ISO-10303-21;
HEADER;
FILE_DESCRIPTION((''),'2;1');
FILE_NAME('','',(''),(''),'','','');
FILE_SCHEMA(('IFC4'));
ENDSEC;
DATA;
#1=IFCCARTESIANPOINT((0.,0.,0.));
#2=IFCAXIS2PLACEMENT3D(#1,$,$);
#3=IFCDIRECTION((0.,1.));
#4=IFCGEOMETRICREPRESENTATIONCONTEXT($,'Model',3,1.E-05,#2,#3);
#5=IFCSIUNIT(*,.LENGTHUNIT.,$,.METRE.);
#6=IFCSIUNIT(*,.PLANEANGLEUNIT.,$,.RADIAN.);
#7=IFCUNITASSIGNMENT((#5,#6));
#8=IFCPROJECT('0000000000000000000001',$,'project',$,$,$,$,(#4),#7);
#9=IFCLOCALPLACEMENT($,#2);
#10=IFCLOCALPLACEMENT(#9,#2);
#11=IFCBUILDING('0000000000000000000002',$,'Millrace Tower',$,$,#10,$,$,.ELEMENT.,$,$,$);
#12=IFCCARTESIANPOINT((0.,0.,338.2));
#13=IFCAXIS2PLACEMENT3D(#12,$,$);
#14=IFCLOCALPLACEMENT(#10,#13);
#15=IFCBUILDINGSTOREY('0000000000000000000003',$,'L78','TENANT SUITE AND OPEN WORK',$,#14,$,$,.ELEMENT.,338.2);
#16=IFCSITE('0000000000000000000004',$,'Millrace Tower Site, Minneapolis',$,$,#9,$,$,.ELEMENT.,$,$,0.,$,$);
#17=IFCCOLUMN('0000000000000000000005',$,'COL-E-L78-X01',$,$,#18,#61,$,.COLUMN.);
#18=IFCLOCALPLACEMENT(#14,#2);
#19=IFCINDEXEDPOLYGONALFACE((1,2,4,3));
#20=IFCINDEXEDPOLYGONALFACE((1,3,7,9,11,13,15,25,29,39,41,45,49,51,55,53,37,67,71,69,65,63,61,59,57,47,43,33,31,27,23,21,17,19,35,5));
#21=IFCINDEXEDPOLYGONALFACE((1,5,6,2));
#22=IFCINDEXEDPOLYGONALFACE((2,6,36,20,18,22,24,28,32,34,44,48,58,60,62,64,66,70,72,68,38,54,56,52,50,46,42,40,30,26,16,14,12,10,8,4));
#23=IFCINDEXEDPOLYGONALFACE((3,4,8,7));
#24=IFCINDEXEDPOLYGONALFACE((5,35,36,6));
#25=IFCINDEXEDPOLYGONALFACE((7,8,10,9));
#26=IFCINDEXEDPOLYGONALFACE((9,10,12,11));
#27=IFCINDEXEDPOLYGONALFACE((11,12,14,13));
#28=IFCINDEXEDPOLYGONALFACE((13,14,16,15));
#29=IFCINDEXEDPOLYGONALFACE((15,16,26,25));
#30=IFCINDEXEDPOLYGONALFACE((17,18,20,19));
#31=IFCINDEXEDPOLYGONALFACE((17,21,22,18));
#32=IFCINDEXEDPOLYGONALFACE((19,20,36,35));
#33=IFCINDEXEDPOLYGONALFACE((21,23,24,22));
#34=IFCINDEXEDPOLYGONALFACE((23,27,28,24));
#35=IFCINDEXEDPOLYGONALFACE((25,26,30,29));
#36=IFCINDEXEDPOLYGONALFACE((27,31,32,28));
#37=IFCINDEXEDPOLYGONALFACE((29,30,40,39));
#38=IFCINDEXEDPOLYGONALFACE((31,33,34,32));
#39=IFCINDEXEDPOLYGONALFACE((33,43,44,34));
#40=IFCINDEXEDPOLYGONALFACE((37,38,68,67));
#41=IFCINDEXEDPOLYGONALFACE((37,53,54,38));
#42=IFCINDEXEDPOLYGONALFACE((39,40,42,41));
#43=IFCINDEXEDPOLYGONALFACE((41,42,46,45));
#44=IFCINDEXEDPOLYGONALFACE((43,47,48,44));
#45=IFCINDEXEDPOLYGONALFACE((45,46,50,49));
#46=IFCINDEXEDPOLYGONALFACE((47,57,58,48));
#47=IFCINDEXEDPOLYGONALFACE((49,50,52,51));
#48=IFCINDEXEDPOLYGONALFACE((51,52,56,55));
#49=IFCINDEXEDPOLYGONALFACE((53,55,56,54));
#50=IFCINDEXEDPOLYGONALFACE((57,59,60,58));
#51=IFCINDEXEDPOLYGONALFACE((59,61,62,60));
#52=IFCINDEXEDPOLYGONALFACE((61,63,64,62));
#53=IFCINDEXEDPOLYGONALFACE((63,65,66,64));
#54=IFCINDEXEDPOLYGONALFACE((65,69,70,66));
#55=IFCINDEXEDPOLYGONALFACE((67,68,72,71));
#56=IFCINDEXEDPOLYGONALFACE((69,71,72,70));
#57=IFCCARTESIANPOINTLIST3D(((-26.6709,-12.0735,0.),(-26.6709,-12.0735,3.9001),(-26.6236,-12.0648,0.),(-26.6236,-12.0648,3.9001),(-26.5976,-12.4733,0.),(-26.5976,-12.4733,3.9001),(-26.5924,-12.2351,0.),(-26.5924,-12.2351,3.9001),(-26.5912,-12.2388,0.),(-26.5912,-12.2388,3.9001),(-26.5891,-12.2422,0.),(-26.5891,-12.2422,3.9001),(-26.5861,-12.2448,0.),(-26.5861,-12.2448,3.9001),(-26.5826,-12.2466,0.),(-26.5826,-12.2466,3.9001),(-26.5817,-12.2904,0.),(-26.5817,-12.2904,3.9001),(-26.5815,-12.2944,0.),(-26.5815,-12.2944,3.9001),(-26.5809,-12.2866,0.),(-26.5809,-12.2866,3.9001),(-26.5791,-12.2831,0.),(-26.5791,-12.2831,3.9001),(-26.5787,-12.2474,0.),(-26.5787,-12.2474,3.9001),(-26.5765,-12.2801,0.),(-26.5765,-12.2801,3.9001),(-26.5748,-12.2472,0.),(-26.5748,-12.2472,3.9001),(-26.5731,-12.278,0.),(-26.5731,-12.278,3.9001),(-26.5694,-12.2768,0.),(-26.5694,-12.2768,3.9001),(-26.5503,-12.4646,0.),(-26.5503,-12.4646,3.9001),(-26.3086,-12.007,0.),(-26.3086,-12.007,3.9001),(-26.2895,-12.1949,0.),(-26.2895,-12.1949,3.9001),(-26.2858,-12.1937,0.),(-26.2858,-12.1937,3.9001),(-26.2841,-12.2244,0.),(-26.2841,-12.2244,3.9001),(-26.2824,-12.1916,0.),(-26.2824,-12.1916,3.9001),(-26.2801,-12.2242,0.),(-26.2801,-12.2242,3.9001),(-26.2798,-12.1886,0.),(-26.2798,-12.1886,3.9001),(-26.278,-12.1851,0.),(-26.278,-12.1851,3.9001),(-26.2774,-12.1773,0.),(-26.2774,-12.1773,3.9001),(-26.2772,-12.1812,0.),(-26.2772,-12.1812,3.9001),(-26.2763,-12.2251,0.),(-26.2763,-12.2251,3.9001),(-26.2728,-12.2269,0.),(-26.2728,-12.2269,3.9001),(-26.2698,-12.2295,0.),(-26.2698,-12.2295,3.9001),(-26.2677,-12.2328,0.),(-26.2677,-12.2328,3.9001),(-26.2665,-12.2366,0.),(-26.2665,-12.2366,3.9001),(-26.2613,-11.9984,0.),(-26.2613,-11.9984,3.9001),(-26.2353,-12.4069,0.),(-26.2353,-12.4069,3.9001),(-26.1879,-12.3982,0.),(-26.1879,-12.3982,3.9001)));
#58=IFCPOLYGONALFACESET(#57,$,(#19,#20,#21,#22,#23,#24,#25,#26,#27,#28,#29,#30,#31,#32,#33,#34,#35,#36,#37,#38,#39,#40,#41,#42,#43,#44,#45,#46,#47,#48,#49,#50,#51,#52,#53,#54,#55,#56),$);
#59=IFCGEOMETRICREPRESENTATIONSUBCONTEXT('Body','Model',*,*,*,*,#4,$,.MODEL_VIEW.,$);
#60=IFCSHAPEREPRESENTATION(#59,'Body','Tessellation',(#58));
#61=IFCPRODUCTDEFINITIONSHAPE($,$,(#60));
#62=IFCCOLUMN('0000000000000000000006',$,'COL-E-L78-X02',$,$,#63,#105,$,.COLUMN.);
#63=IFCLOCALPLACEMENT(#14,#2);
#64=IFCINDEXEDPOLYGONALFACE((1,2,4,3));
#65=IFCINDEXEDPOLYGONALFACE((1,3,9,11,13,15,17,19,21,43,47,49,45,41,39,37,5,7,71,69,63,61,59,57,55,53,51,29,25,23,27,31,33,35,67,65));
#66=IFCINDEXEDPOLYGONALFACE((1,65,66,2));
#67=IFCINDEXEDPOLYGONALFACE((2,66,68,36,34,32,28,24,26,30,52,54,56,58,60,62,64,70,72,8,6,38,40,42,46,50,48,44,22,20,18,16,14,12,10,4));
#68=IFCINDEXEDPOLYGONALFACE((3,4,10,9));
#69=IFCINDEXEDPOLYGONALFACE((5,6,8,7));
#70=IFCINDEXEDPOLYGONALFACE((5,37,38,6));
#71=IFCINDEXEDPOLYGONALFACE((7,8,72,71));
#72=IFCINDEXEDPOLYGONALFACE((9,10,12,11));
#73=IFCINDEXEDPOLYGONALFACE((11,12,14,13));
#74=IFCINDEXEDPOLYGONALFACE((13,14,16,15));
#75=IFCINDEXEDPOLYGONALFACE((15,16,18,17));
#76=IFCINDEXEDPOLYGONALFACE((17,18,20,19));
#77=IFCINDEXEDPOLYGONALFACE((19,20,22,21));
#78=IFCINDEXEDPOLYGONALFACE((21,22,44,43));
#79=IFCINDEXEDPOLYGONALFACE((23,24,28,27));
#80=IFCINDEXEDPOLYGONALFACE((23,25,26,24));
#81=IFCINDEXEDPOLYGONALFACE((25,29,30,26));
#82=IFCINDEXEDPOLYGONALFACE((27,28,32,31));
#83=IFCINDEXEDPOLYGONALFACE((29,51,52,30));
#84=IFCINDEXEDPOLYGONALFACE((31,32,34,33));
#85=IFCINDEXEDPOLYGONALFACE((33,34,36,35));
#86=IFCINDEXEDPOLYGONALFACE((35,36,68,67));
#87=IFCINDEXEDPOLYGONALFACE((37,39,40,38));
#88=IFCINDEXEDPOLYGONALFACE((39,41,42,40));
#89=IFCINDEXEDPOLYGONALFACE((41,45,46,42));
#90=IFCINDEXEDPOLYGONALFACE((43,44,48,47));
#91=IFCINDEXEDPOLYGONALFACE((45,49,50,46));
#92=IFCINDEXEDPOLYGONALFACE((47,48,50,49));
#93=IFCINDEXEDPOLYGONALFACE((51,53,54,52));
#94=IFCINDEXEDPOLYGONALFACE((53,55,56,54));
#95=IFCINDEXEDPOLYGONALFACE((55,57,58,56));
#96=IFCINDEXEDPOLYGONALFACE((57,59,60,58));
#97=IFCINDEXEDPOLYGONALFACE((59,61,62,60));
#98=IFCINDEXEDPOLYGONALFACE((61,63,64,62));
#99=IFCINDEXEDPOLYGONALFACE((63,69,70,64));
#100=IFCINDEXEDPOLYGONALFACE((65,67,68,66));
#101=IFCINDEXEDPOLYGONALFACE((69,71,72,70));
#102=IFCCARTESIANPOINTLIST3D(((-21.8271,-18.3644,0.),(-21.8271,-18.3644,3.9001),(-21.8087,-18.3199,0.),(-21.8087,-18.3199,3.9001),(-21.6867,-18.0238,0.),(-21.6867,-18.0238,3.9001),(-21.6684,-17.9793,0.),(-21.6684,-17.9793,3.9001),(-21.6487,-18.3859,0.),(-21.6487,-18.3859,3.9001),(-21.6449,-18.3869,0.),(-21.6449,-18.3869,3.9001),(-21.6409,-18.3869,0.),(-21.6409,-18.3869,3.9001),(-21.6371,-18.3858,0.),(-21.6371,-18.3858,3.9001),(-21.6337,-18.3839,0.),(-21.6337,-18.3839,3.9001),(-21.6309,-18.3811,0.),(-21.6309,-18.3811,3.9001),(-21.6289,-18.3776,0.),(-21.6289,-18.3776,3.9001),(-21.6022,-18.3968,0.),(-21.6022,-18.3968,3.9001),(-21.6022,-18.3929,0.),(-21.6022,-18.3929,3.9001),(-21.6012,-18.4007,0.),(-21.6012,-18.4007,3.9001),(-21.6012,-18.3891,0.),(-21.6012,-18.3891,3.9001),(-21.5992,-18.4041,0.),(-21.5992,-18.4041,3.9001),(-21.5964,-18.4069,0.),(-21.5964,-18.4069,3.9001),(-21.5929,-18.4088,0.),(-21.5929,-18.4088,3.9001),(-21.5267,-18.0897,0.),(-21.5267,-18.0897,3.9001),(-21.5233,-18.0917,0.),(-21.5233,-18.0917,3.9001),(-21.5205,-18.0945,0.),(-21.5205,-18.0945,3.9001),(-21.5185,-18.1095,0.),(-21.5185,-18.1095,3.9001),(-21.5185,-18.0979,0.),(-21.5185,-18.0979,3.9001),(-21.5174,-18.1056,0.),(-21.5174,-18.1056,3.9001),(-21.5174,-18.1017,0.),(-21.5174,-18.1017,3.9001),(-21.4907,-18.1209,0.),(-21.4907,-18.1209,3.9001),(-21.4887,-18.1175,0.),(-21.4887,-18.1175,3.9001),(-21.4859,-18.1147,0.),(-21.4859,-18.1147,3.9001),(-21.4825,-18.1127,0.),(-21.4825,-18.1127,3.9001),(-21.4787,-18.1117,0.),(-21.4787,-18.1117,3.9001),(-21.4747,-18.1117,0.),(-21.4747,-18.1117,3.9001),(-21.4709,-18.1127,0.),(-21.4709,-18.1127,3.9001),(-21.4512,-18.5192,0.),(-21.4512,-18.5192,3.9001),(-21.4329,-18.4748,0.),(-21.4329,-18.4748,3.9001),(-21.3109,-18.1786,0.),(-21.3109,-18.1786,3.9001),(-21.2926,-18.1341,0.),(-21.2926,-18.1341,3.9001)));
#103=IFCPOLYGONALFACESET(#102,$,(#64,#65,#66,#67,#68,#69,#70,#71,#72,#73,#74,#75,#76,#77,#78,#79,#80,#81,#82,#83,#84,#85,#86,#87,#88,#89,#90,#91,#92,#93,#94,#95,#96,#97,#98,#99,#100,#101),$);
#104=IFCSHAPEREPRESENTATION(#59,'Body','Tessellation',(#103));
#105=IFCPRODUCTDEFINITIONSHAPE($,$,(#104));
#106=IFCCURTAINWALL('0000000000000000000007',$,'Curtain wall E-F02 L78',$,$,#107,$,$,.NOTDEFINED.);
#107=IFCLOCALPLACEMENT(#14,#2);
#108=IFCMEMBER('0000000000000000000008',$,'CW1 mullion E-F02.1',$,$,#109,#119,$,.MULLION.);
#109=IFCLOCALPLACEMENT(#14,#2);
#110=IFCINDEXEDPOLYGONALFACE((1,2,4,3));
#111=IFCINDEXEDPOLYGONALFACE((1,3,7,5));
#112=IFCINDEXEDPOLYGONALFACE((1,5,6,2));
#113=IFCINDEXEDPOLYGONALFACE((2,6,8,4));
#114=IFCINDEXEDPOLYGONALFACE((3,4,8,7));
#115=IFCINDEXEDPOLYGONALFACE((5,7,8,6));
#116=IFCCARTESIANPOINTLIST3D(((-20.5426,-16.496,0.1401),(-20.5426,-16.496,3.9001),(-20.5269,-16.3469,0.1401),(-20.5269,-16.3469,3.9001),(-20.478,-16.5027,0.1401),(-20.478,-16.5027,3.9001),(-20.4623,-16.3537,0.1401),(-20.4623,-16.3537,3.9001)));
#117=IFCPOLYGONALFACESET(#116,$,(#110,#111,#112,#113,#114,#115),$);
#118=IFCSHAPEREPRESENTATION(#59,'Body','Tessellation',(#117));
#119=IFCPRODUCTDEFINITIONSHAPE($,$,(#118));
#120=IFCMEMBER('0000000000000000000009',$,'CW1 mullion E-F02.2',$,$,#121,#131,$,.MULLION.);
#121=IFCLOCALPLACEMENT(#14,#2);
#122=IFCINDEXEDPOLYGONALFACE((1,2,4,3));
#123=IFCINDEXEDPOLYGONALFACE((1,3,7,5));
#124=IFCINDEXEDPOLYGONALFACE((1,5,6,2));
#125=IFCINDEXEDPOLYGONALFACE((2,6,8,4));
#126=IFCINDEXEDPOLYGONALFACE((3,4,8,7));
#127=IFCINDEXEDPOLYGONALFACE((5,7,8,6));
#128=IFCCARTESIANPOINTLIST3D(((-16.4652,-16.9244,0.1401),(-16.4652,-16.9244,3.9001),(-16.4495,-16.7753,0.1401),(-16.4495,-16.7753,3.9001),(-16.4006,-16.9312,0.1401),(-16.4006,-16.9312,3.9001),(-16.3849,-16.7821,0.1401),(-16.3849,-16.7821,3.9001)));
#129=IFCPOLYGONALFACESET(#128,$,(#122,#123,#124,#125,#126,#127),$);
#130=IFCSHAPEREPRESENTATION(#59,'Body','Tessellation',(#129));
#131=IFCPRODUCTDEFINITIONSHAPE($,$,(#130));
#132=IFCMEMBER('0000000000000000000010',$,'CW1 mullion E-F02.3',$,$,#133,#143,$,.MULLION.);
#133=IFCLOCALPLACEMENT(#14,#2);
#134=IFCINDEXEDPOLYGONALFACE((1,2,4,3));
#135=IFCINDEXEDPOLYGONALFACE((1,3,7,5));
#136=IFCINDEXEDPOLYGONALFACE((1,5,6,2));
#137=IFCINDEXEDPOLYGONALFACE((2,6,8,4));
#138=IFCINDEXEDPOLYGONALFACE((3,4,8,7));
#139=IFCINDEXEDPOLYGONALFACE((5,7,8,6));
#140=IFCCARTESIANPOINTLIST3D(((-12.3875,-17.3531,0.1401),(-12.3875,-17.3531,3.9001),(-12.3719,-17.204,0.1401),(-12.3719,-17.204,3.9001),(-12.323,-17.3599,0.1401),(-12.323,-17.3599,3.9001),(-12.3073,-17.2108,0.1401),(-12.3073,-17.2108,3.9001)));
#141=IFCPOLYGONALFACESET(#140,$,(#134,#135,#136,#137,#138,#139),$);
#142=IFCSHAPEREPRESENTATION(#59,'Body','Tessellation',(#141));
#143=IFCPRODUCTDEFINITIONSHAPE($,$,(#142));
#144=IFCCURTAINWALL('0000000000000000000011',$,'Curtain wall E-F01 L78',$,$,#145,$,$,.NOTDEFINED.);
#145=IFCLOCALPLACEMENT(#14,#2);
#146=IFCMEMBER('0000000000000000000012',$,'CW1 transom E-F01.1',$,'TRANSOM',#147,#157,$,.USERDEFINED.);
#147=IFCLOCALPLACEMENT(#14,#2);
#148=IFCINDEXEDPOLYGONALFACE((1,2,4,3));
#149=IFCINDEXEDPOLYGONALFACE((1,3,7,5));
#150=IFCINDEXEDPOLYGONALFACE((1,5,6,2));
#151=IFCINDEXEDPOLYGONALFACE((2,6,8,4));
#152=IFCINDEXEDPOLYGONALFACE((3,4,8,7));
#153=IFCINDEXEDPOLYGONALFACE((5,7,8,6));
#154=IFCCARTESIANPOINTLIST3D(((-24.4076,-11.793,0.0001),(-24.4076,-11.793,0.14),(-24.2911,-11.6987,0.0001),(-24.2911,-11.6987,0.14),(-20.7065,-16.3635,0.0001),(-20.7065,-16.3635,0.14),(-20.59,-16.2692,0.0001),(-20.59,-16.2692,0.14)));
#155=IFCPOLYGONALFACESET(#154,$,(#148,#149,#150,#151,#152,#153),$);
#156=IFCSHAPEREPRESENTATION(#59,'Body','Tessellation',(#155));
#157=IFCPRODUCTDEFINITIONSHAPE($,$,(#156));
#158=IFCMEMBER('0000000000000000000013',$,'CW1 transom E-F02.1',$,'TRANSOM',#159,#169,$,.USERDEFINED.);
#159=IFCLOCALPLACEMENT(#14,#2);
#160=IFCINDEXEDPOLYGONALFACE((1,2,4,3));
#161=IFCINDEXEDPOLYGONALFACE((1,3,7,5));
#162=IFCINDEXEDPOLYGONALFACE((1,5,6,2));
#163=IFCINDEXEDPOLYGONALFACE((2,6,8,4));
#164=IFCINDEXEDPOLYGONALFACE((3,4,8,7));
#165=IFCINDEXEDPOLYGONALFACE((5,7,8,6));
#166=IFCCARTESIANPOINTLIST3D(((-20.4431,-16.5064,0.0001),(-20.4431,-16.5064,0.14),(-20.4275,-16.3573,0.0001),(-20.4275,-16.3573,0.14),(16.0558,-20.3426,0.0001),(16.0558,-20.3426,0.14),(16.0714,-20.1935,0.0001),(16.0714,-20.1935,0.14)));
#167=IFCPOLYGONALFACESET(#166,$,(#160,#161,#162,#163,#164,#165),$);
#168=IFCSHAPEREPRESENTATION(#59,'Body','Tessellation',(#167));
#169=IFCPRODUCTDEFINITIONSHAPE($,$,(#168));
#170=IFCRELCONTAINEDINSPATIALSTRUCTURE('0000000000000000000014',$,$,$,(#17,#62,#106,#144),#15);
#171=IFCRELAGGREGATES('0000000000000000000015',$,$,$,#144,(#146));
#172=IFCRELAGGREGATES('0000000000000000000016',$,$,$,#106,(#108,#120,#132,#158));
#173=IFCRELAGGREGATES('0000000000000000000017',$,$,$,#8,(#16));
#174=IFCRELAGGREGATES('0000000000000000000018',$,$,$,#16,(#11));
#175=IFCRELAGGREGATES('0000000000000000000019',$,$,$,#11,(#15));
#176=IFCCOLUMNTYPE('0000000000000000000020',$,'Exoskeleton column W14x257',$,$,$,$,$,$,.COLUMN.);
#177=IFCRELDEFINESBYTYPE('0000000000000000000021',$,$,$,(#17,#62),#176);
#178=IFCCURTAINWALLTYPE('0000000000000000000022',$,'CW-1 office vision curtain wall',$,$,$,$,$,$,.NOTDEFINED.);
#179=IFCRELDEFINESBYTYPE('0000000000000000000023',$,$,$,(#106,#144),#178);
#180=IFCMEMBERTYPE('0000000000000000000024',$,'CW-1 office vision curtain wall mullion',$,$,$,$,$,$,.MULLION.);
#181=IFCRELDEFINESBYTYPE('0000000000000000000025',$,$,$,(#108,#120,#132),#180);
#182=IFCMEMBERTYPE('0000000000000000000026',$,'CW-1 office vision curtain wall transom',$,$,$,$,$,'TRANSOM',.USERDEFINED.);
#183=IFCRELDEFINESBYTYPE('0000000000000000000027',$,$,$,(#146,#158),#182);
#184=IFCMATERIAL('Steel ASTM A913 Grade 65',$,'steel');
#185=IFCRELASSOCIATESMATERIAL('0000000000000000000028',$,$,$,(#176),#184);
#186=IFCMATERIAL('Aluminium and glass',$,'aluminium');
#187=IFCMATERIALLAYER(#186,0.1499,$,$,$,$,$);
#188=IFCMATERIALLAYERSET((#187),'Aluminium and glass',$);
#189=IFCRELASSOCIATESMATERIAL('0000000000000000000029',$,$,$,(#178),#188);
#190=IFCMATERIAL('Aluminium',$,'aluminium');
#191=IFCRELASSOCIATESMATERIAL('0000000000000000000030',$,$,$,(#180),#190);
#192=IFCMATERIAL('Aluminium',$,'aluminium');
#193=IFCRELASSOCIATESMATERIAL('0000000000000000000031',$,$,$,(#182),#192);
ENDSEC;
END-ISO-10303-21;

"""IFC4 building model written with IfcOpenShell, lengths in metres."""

from ifc_helpers import new_model, si_unit, direction, frame, origin, origin_2d, place, context, subcontext, project, spatial, rectangle, i_section, extrude, material, layer, layer_set, material_profile, profile_set, type_object, element, aggregate, save


model = new_model("IFC4")

# Units and contexts
model_context = context("Model", 3, precision=1e-05, world=origin(), true_north=direction((0.0, 1.0)))
body_context = subcontext(model_context, "Body", "Model", "MODEL_VIEW")
ifc_project = project(units=[si_unit("LENGTHUNIT", "METRE"), si_unit("PLANEANGLEUNIT", "RADIAN")], contexts=[model_context])

# Site, building, storey
site_placement = place(None, origin())
site = spatial("IfcSite", under=ifc_project, at=site_placement, Name="Millrace Tower Site, Minneapolis", CompositionType="ELEMENT", RefElevation=0.0)
building_placement = place(site_placement, origin())
building = spatial("IfcBuilding", under=site, at=building_placement, Name="Millrace Tower", CompositionType="ELEMENT")
storey_placement = place(building_placement, frame((0.0, 0.0, 338.2)))
storey = spatial("IfcBuildingStorey", under=building, at=storey_placement, Name="L78", Description="TENANT SUITE AND OPEN WORK", CompositionType="ELEMENT", Elevation=338.2)

# Columns
ifc_material_1 = material(Name="Steel ASTM A913 Grade 65", Category="steel")
ifc_material_profile_1 = material_profile(ifc_material_1, i_section(OverallWidth=0.4065, OverallDepth=0.4165, WebThickness=0.03, FlangeThickness=0.0481, FilletRadius=0.0151, at=origin_2d()))
ifc_profile_set_1 = profile_set([ifc_material_profile_1], Name="Steel ASTM A913 Grade 65")
column_type = type_object("IfcColumnType", Name="Exoskeleton column W14x257", PredefinedType="COLUMN", material=ifc_profile_set_1)
for number, where, z_axis, x_axis, name in (
    (1, (-26.4294, -12.2358, 0.0), (0.0, 0.0, 1.0), (0.180387, -0.983596, 0.0), "COL-E-L78-X01"),
    (2, (-21.5598, -18.2493, 0.0), (0.0, 0.0, 1.0), (0.924597, -0.380947, 0.0), "COL-E-L78-X02"),
):
    element("IfcColumn", number, at=place(storey_placement, frame(where, z_axis=z_axis, x_axis=x_axis)), inside=storey, type_object=column_type, Name=name, PredefinedType="COLUMN", context=body_context, shape_type="SweptSolid", body=[
        extrude(i_section(OverallWidth=0.4065, OverallDepth=0.4165, WebThickness=0.03, FlangeThickness=0.0481, FilletRadius=0.0151, at=origin_2d()), origin(), (0.0, 0.0, 1.0), 3.9001),
    ])

# Curtain wall, members
ifc_material_2 = material(Name="Aluminium and glass", Category="aluminium")
ifc_layer_1 = layer(ifc_material_2, 0.1499)
ifc_layer_set_1 = layer_set([ifc_layer_1], Name="Aluminium and glass")
curtain_wall_type = type_object("IfcCurtainWallType", Name="CW-1 office vision curtain wall", PredefinedType="NOTDEFINED", material=ifc_layer_set_1)
placement = place(storey_placement, origin())
curtain_wall_1 = element("IfcCurtainWall", 3, at=placement, inside=storey, type_object=curtain_wall_type, Name="Curtain wall E-F02 L78", PredefinedType="NOTDEFINED")
ifc_material_3 = material(Name="Aluminium", Category="aluminium")
ifc_material_profile_2 = material_profile(ifc_material_3, rectangle(XDim=0.0649, YDim=0.1499, at=origin_2d()))
ifc_profile_set_2 = profile_set([ifc_material_profile_2], Name="Aluminium")
member_type_1 = type_object("IfcMemberType", Name="CW-1 office vision curtain wall mullion", PredefinedType="MULLION", material=ifc_profile_set_2)
member_1_placement = place(storey_placement, frame((-20.5024, -16.4248, 0.1401), z_axis=(0.0, 0.0, 1.0), x_axis=(0.994522, -0.104528, 0.0)))
member_1 = element("IfcMember", 4, at=member_1_placement, type_object=member_type_1, Name="CW1 mullion E-F02.1", PredefinedType="MULLION", context=body_context, shape_type="SweptSolid", body=[
    extrude(rectangle(XDim=0.0649, YDim=0.1499, at=origin_2d()), origin(), (0.0, 0.0, 1.0), 3.76),
])
member_2_placement = place(storey_placement, frame((-16.425, -16.8533, 0.1401), z_axis=(0.0, 0.0, 1.0), x_axis=(0.994522, -0.104528, 0.0)))
member_2 = element("IfcMember", 5, at=member_2_placement, type_object=member_type_1, Name="CW1 mullion E-F02.2", PredefinedType="MULLION", context=body_context, shape_type="SweptSolid", body=[
    extrude(rectangle(XDim=0.0649, YDim=0.1499, at=origin_2d()), origin(), (0.0, 0.0, 1.0), 3.76),
])
member_3_placement = place(storey_placement, frame((-12.3474, -17.282, 0.1401), z_axis=(0.0, 0.0, 1.0), x_axis=(0.994522, -0.104528, 0.0)))
member_3 = element("IfcMember", 6, at=member_3_placement, type_object=member_type_1, Name="CW1 mullion E-F02.3", PredefinedType="MULLION", context=body_context, shape_type="SweptSolid", body=[
    extrude(rectangle(XDim=0.0649, YDim=0.1499, at=origin_2d()), origin(), (0.0, 0.0, 1.0), 3.76),
])

# Curtain wall, member
curtain_wall_2 = element("IfcCurtainWall", 7, at=placement, inside=storey, type_object=curtain_wall_type, Name="Curtain wall E-F01 L78", PredefinedType="NOTDEFINED")
ifc_material_4 = material(Name="Aluminium", Category="aluminium")
ifc_material_profile_3 = material_profile(ifc_material_4, rectangle(XDim=0.1499, YDim=0.1399, at=origin_2d()))
ifc_profile_set_3 = profile_set([ifc_material_profile_3], Name="Aluminium")
member_type_2 = type_object("IfcMemberType", Name="CW-1 office vision curtain wall transom", ElementType="TRANSOM", PredefinedType="USERDEFINED", material=ifc_profile_set_3)
member_4_placement = place(storey_placement, frame((-24.3494, -11.7458, 0.0701), z_axis=(0.629321, -0.777145, 0.0), x_axis=(0.777145, 0.629321, 0.0)))
member_4 = element("IfcMember", 8, at=member_4_placement, type_object=member_type_2, Name="CW1 transom E-F01.1", ObjectType="TRANSOM", PredefinedType="USERDEFINED", context=body_context, shape_type="SweptSolid", body=[
    extrude(rectangle(XDim=0.1499, YDim=0.1399, at=origin_2d()), origin(), (0.0, 0.0, 1.0), 5.8811),
])
aggregate(curtain_wall_2, [member_4])

# Member
member_5_placement = place(storey_placement, frame((-20.4353, -16.4319, 0.0701), z_axis=(0.994522, -0.104528, 0.0), x_axis=(0.104528, 0.994522, 0.0)))
member_5 = element("IfcMember", 9, at=member_5_placement, type_object=member_type_2, Name="CW1 transom E-F02.1", ObjectType="TRANSOM", PredefinedType="USERDEFINED", context=body_context, shape_type="SweptSolid", body=[
    extrude(rectangle(XDim=0.1499, YDim=0.1399, at=origin_2d()), origin(), (0.0, 0.0, 1.0), 36.7),
])
aggregate(curtain_wall_1, [member_1, member_2, member_3, member_5])

save(model, "model.ifc")
